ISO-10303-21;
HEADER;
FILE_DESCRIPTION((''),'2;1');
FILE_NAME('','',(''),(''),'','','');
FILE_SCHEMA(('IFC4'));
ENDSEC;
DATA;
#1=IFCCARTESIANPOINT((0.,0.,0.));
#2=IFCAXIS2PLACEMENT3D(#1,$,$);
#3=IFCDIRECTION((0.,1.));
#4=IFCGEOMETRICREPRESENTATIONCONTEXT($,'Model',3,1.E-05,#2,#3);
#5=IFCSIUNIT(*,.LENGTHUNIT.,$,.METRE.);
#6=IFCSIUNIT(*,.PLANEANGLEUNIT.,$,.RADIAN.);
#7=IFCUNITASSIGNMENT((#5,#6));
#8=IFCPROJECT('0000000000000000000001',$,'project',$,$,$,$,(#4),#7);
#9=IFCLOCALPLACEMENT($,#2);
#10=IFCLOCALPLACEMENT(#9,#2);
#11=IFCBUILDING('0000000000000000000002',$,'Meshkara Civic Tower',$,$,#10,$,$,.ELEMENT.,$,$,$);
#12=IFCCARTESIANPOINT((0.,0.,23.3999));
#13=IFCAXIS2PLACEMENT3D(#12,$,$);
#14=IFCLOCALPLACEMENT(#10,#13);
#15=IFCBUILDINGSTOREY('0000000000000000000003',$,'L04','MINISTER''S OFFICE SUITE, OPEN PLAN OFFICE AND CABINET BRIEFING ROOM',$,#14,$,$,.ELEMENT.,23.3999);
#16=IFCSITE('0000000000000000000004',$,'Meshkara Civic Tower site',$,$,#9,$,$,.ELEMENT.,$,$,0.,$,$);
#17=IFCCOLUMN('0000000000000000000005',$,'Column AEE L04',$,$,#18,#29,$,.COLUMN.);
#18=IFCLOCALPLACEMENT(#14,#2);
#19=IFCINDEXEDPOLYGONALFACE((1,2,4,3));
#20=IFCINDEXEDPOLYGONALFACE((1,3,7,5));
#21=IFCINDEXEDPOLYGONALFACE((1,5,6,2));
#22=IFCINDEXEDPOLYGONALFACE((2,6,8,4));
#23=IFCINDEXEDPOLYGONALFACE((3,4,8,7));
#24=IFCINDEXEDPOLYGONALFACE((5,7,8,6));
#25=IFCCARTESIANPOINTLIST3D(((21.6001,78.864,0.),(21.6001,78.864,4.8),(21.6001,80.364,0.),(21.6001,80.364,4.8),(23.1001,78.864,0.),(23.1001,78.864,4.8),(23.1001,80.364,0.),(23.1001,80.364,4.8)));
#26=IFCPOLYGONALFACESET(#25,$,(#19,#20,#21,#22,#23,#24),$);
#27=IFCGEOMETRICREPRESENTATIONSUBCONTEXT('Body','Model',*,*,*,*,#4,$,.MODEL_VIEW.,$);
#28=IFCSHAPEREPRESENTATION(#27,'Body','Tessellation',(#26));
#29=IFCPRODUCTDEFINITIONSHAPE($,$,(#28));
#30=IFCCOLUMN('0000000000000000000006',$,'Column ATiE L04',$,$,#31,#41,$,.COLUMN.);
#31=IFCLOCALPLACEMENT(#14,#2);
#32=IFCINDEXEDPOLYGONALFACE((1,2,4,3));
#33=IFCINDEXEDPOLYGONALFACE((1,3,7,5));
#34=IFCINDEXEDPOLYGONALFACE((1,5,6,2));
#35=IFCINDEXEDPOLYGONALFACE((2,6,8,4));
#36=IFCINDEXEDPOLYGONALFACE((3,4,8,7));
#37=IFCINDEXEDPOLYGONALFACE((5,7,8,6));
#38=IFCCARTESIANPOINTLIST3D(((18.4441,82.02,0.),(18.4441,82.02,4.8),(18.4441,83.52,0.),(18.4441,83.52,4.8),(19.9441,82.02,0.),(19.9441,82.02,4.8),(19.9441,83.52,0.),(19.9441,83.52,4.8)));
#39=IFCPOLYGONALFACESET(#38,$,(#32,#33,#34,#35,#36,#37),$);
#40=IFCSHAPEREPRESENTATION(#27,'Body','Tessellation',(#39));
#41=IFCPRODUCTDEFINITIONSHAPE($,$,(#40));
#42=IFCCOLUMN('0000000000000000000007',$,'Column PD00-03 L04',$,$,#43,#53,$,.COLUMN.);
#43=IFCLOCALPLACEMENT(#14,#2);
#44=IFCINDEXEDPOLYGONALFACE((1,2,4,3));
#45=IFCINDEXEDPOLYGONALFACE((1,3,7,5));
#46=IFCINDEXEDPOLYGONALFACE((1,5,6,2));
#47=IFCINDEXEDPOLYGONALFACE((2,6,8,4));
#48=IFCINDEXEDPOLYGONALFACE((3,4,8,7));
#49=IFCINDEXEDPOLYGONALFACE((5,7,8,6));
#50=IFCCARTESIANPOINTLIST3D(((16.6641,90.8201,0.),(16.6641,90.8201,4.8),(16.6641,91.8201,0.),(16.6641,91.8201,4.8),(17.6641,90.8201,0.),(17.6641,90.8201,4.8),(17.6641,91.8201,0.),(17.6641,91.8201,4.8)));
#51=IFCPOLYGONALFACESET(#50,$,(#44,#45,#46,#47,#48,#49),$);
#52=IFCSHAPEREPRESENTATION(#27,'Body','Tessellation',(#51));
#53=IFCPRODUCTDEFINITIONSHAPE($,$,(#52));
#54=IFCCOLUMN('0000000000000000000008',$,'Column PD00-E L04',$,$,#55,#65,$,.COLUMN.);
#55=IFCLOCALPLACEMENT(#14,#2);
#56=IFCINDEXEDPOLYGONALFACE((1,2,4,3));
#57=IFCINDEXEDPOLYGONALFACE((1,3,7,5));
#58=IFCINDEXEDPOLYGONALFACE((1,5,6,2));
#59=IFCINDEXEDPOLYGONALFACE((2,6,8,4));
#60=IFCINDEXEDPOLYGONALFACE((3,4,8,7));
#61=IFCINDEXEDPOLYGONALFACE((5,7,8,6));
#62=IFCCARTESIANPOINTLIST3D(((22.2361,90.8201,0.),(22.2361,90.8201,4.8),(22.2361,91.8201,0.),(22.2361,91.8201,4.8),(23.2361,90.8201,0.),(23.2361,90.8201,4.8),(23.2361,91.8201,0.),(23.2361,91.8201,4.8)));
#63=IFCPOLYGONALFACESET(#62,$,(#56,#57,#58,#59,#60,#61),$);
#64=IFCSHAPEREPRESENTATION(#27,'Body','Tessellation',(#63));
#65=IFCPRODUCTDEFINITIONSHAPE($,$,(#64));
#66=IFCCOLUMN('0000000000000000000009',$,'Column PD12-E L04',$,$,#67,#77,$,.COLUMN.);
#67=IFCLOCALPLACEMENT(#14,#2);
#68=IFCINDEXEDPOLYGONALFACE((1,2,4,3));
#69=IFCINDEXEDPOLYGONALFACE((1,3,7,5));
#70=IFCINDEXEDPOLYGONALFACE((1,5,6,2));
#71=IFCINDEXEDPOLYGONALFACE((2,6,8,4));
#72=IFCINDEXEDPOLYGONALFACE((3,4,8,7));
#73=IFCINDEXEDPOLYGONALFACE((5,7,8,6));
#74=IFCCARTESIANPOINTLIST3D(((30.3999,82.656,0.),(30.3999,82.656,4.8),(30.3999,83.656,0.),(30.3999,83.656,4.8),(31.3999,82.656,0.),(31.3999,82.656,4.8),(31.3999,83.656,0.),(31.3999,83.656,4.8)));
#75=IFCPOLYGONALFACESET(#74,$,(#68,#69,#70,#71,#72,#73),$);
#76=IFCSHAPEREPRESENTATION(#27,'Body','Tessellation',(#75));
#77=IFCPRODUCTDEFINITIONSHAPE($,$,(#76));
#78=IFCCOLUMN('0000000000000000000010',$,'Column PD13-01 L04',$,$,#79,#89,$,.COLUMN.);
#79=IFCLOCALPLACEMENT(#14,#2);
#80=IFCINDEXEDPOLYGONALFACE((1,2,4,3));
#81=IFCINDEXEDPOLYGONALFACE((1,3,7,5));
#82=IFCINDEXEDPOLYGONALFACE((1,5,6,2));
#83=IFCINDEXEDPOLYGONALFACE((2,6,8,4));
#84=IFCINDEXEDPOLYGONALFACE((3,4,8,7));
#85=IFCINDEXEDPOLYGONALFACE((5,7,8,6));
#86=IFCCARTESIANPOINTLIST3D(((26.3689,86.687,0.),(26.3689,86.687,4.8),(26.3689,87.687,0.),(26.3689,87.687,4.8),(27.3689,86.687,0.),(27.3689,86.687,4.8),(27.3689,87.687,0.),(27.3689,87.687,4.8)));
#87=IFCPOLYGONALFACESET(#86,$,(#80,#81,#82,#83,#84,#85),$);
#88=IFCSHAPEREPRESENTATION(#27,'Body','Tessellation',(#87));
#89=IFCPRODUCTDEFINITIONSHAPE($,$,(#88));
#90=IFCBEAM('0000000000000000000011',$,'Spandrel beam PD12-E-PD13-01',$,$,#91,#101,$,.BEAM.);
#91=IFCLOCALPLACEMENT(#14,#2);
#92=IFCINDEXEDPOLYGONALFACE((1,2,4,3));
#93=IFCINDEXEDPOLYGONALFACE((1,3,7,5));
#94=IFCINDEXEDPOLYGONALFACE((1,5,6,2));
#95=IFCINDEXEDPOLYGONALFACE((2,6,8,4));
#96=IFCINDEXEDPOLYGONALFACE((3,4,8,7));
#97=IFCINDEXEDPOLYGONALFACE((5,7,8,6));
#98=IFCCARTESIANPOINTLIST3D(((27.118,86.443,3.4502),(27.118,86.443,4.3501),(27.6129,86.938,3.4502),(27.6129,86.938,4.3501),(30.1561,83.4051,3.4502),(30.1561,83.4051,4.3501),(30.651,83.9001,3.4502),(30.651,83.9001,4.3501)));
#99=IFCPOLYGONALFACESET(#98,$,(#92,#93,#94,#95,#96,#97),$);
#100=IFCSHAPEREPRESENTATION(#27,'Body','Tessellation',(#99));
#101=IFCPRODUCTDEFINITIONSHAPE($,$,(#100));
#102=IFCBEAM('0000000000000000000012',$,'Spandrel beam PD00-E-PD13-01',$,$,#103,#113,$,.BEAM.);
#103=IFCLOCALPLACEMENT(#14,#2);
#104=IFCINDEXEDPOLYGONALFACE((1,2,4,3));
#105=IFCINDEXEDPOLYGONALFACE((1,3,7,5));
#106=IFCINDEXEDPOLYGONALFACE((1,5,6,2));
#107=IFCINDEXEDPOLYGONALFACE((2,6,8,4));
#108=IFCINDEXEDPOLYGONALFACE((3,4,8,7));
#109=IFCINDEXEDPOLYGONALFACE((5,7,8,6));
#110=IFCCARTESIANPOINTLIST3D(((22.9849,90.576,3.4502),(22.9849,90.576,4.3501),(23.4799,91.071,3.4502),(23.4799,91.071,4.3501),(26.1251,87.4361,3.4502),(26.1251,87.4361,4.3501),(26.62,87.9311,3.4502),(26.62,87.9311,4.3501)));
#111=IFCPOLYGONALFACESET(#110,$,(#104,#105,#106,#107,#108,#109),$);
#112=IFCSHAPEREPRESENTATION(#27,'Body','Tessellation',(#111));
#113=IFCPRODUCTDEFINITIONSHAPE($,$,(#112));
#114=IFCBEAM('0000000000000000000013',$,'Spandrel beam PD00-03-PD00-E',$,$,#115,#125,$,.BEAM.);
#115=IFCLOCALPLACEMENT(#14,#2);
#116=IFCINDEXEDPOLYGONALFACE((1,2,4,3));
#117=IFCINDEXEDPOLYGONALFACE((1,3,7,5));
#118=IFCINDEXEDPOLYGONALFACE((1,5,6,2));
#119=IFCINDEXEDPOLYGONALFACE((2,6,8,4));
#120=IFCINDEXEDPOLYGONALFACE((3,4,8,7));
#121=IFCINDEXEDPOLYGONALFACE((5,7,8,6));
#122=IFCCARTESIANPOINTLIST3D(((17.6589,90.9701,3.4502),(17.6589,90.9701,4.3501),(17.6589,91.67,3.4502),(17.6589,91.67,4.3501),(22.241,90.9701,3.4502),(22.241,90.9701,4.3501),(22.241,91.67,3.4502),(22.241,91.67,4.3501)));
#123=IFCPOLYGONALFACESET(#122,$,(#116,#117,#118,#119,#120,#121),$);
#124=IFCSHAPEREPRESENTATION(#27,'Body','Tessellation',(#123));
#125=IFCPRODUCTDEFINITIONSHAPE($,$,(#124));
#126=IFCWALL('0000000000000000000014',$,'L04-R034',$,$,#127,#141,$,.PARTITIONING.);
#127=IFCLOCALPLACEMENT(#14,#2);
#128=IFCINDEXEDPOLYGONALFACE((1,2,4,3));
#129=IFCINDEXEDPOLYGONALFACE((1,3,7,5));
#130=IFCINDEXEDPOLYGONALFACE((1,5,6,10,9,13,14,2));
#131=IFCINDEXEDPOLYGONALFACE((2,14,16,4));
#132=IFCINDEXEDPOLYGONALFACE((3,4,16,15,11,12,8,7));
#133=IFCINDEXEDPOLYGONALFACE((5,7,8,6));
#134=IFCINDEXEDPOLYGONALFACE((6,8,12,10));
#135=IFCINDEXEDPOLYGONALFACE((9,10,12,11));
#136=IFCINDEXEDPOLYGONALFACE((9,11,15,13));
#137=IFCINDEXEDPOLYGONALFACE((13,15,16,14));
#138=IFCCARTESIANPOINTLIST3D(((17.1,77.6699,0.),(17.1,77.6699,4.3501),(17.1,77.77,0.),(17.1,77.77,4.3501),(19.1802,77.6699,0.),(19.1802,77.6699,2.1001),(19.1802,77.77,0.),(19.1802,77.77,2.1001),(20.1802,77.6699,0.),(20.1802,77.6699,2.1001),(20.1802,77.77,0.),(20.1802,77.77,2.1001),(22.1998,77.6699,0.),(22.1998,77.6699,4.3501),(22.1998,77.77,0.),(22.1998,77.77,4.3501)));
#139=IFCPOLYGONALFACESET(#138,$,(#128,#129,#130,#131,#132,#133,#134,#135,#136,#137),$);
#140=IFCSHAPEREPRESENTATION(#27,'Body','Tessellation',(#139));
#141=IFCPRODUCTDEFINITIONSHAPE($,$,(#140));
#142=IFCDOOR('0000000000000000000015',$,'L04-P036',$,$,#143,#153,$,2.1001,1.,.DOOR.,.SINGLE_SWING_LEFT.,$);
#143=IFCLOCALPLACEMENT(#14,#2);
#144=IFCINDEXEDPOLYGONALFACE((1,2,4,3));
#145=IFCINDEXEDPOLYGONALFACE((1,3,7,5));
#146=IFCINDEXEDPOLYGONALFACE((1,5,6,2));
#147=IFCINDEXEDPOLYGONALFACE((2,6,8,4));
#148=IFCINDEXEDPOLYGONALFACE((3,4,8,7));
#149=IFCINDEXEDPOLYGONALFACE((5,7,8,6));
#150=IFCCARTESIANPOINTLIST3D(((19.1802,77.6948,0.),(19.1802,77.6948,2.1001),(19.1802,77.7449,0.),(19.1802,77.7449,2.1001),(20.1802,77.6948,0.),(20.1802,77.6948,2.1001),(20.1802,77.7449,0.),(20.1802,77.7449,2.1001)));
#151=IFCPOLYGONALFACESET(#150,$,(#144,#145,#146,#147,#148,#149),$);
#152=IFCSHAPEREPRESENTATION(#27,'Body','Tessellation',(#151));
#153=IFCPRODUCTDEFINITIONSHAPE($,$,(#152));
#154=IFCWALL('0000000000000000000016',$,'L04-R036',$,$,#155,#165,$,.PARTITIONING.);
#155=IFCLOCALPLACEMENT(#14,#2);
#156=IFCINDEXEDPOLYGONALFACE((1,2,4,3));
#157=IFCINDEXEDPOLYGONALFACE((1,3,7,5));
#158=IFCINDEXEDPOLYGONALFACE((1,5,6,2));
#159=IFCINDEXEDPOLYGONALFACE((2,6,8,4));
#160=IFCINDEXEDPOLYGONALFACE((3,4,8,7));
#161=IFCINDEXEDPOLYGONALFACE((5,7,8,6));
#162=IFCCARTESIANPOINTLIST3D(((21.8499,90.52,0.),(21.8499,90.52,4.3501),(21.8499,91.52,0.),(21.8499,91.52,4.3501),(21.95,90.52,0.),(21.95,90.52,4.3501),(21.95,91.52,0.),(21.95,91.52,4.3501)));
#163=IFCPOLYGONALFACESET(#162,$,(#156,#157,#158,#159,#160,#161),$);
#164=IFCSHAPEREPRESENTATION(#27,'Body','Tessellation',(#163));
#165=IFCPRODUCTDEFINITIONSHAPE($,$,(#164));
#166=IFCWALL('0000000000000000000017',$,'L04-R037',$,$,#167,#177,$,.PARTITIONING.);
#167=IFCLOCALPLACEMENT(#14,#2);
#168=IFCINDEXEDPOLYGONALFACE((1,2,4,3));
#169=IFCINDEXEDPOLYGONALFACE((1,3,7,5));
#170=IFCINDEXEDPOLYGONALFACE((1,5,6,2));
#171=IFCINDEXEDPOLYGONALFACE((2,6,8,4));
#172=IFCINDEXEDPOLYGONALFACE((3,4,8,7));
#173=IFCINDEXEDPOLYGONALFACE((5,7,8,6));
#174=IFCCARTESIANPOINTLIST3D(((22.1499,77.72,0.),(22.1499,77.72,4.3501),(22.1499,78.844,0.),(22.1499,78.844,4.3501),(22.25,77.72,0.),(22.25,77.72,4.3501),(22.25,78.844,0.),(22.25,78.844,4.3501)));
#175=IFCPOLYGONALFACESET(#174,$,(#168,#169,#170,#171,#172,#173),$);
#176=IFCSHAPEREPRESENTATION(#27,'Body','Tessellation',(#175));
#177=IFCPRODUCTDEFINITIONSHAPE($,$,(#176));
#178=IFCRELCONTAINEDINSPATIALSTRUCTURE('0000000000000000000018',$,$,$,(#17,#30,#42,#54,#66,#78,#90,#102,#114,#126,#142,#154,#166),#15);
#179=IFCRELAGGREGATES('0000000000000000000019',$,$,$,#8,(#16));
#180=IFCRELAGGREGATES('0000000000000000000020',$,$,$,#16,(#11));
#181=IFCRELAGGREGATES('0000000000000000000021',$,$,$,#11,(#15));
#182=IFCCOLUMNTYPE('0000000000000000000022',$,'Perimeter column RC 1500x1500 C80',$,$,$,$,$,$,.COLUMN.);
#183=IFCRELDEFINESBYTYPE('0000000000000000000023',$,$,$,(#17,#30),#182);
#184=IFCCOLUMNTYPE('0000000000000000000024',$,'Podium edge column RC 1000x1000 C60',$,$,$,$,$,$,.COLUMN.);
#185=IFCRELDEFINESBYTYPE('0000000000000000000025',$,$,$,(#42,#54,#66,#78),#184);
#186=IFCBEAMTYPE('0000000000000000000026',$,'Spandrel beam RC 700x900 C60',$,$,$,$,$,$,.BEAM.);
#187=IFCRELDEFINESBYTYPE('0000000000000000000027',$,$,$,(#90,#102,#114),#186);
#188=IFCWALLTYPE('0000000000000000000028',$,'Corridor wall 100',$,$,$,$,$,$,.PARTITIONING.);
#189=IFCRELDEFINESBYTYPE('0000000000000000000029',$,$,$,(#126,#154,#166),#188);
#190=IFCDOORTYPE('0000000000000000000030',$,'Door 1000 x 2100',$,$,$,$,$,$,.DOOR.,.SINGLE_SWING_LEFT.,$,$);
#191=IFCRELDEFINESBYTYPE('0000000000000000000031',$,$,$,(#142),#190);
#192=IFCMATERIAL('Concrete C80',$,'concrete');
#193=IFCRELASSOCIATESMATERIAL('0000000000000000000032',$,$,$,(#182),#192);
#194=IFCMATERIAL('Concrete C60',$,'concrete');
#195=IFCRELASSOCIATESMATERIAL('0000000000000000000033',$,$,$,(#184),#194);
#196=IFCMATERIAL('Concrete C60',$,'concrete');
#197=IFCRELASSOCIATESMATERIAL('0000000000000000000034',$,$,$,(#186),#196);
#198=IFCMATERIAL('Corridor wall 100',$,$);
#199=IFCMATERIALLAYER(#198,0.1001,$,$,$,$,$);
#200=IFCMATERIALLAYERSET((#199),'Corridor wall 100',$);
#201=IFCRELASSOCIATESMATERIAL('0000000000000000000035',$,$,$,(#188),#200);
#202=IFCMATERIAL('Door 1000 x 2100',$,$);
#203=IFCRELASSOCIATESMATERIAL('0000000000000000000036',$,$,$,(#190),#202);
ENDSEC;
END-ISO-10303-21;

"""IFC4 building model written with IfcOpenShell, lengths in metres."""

from ifc_helpers import new_model, si_unit, direction, frame, frame_2d, origin, origin_2d, place, context, subcontext, project, spatial, rectangle, extrude, material, layer, layer_set, material_profile, profile_set, type_object, element, fill, save


model = new_model("IFC4")

# Units and contexts
model_context = context("Model", 3, precision=1e-05, world=origin(), true_north=direction((0.0, 1.0)))
body_context = subcontext(model_context, "Body", "Model", "MODEL_VIEW")
ifc_project = project(units=[si_unit("LENGTHUNIT", "METRE"), si_unit("PLANEANGLEUNIT", "RADIAN")], contexts=[model_context])

# Site, building, storey
site_placement = place(None, origin())
site = spatial("IfcSite", under=ifc_project, at=site_placement, Name="Meshkara Civic Tower site", CompositionType="ELEMENT", RefElevation=0.0)
building_placement = place(site_placement, origin())
building = spatial("IfcBuilding", under=site, at=building_placement, Name="Meshkara Civic Tower", CompositionType="ELEMENT")
storey_placement = place(building_placement, frame((0.0, 0.0, 23.3999)))
storey = spatial("IfcBuildingStorey", under=building, at=storey_placement, Name="L04", Description="MINISTER'S OFFICE SUITE, OPEN PLAN OFFICE AND CABINET BRIEFING ROOM", CompositionType="ELEMENT", Elevation=23.3999)

# Columns
ifc_material_1 = material(Name="Concrete C80", Category="concrete")
ifc_material_profile_1 = material_profile(ifc_material_1, rectangle(XDim=1.5, YDim=1.5, at=origin_2d()))
ifc_profile_set_1 = profile_set([ifc_material_profile_1], Name="Concrete C80")
column_type_1 = type_object("IfcColumnType", Name="Perimeter column RC 1500x1500 C80", PredefinedType="COLUMN", material=ifc_profile_set_1)
for number, where, z_axis, x_axis, name in (
    (1, (22.3501, 79.614, 0.0), (0.0, 0.0, 1.0), (1.0, 0.0, 0.0), "Column AEE L04"),
    (2, (19.1941, 82.77, 0.0), (0.0, 0.0, 1.0), (1.0, 0.0, 0.0), "Column ATiE L04"),
):
    element("IfcColumn", number, at=place(storey_placement, frame(where, z_axis=z_axis, x_axis=x_axis)), inside=storey, type_object=column_type_1, Name=name, PredefinedType="COLUMN", context=body_context, shape_type="SweptSolid", body=[
        extrude(rectangle(XDim=1.5, YDim=1.5, at=origin_2d()), origin(), (0.0, 0.0, 1.0), 4.8),
    ])
ifc_material_2 = material(Name="Concrete C60", Category="concrete")
ifc_material_profile_2 = material_profile(ifc_material_2, rectangle(XDim=1.0, YDim=1.0, at=origin_2d()))
ifc_profile_set_2 = profile_set([ifc_material_profile_2], Name="Concrete C60")
column_type_2 = type_object("IfcColumnType", Name="Podium edge column RC 1000x1000 C60", PredefinedType="COLUMN", material=ifc_profile_set_2)
for number, where, z_axis, x_axis, name in (
    (3, (17.1641, 91.3201, 0.0), (0.0, 0.0, 1.0), (1.0, 0.0, 0.0), "Column PD00-03 L04"),
    (4, (22.7361, 91.3201, 0.0), (0.0, 0.0, 1.0), (1.0, 0.0, 0.0), "Column PD00-E L04"),
    (5, (30.8999, 83.156, 0.0), (0.0, 0.0, 1.0), (1.0, 0.0, 0.0), "Column PD12-E L04"),
    (6, (26.8689, 87.187, 0.0), (0.0, 0.0, 1.0), (1.0, 0.0, 0.0), "Column PD13-01 L04"),
):
    element("IfcColumn", number, at=place(storey_placement, frame(where, z_axis=z_axis, x_axis=x_axis)), inside=storey, type_object=column_type_2, Name=name, PredefinedType="COLUMN", context=body_context, shape_type="SweptSolid", body=[
        extrude(rectangle(XDim=1.0, YDim=1.0, at=origin_2d()), origin(), (0.0, 0.0, 1.0), 4.8),
    ])

# Beams
ifc_material_3 = material(Name="Concrete C60", Category="concrete")
ifc_material_profile_3 = material_profile(ifc_material_3, rectangle(XDim=0.7, YDim=0.8999, at=origin_2d()))
ifc_profile_set_3 = profile_set([ifc_material_profile_3], Name="Concrete C60")
beam_type = type_object("IfcBeamType", Name="Spandrel beam RC 700x900 C60", PredefinedType="BEAM", material=ifc_profile_set_3)
beam_1_placement = place(storey_placement, frame((30.4036, 83.6526, 3.9001), z_axis=(-0.707135, 0.707078, 0.0), x_axis=(-0.707078, -0.707135, 0.0)))
element("IfcBeam", 7, at=beam_1_placement, inside=storey, type_object=beam_type, Name="Spandrel beam PD12-E-PD13-01", PredefinedType="BEAM", context=body_context, shape_type="SweptSolid", body=[
    extrude(rectangle(XDim=0.7, YDim=0.8999, at=origin_2d()), origin(), (0.0, 0.0, 1.0), 4.2964),
])
beam_2_placement = place(storey_placement, frame((26.3726, 87.6836, 3.9001), z_axis=(-0.707134, 0.707079, 0.0), x_axis=(-0.707079, -0.707134, 0.0)))
element("IfcBeam", 8, at=beam_2_placement, inside=storey, type_object=beam_type, Name="Spandrel beam PD00-E-PD13-01", PredefinedType="BEAM", context=body_context, shape_type="SweptSolid", body=[
    extrude(rectangle(XDim=0.7, YDim=0.8999, at=origin_2d()), origin(), (0.0, 0.0, 1.0), 4.4407),
])
beam_3_placement = place(storey_placement, frame((22.241, 91.3201, 3.9001), z_axis=(-1.0, 0.0, 0.0), x_axis=(0.0, -1.0, 0.0)))
element("IfcBeam", 9, at=beam_3_placement, inside=storey, type_object=beam_type, Name="Spandrel beam PD00-03-PD00-E", PredefinedType="BEAM", context=body_context, shape_type="SweptSolid", body=[
    extrude(rectangle(XDim=0.7, YDim=0.8999, at=origin_2d()), origin(), (0.0, 0.0, 1.0), 4.582),
])

# Wall, opening, door
ifc_material_4 = material(Name="Corridor wall 100")
ifc_layer_1 = layer(ifc_material_4, 0.1001)
ifc_layer_set_1 = layer_set([ifc_layer_1], Name="Corridor wall 100")
wall_type_1 = type_object("IfcWallType", Name="Corridor wall 100", PredefinedType="PARTITIONING", material=ifc_layer_set_1)
wall_1_placement = place(storey_placement, frame((17.1001, 77.72, 0.0), z_axis=(0.0, 0.0, 1.0), x_axis=(1.0, 0.0, 0.0)))
wall_1 = element("IfcWall", 10, at=wall_1_placement, inside=storey, type_object=wall_type_1, Name="L04-R034", PredefinedType="PARTITIONING", context=body_context, shape_type="SweptSolid", body=[
    extrude(rectangle(XDim=5.0999, YDim=0.1001, at=frame_2d((2.5498, 0.0))), origin(), (0.0, 0.0, 1.0), 4.3501),
])
opening_1_placement = place(wall_1_placement, frame((2.0801, 0.0, 0.0)))
opening_1 = element("IfcOpeningElement", 11, at=opening_1_placement, cuts=wall_1, PredefinedType="OPENING", context=body_context, shape_type="SweptSolid", body=[
    extrude(rectangle(XDim=1.0, YDim=2.1001, at=frame_2d((0.5, 1.05))), frame((0.0, 0.0601, 0.0), z_axis=(0.0, -1.0, 0.0), x_axis=(1.0, 0.0, 0.0)), (0.0, 0.0, 1.0), 0.1201),
])
ifc_material_5 = material(Name="Door 1000 x 2100")
door_type = type_object("IfcDoorType", Name="Door 1000 x 2100", OperationType="SINGLE_SWING_LEFT", PredefinedType="DOOR", material=ifc_material_5)
door_1_placement = place(opening_1_placement, origin())
door_1 = element("IfcDoor", 12, at=door_1_placement, inside=storey, type_object=door_type, Name="L04-P036", OperationType="SINGLE_SWING_LEFT", OverallHeight=2.1001, OverallWidth=1.0, PredefinedType="DOOR", context=body_context, shape_type="SweptSolid", body=[
    extrude(rectangle(XDim=1.0, YDim=2.1001, at=frame_2d((0.5, 1.05))), frame((0.0, 0.0249, 0.0), z_axis=(0.0, -1.0, 0.0), x_axis=(1.0, 0.0, 0.0)), (0.0, 0.0, 1.0), 0.05),
])
fill(opening_1, door_1)

# Walls
wall_2_placement = place(storey_placement, frame((21.8999, 90.52, 0.0), z_axis=(0.0, 0.0, 1.0), x_axis=(0.0, 1.0, 0.0)))
element("IfcWall", 13, at=wall_2_placement, inside=storey, type_object=wall_type_1, Name="L04-R036", PredefinedType="PARTITIONING", context=body_context, shape_type="SweptSolid", body=[
    extrude(rectangle(XDim=1.0, YDim=0.1001, at=frame_2d((0.5, 0.0))), origin(), (0.0, 0.0, 1.0), 4.3501),
])
wall_3_placement = place(storey_placement, frame((22.2, 77.72, 0.0), z_axis=(0.0, 0.0, 1.0), x_axis=(0.0, 1.0, 0.0)))
element("IfcWall", 14, at=wall_3_placement, inside=storey, type_object=wall_type_1, Name="L04-R037", PredefinedType="PARTITIONING", context=body_context, shape_type="SweptSolid", body=[
    extrude(rectangle(XDim=1.124, YDim=0.1001, at=frame_2d((0.562, 0.0))), origin(), (0.0, 0.0, 1.0), 4.3501),
])

save(model, "model.ifc")
